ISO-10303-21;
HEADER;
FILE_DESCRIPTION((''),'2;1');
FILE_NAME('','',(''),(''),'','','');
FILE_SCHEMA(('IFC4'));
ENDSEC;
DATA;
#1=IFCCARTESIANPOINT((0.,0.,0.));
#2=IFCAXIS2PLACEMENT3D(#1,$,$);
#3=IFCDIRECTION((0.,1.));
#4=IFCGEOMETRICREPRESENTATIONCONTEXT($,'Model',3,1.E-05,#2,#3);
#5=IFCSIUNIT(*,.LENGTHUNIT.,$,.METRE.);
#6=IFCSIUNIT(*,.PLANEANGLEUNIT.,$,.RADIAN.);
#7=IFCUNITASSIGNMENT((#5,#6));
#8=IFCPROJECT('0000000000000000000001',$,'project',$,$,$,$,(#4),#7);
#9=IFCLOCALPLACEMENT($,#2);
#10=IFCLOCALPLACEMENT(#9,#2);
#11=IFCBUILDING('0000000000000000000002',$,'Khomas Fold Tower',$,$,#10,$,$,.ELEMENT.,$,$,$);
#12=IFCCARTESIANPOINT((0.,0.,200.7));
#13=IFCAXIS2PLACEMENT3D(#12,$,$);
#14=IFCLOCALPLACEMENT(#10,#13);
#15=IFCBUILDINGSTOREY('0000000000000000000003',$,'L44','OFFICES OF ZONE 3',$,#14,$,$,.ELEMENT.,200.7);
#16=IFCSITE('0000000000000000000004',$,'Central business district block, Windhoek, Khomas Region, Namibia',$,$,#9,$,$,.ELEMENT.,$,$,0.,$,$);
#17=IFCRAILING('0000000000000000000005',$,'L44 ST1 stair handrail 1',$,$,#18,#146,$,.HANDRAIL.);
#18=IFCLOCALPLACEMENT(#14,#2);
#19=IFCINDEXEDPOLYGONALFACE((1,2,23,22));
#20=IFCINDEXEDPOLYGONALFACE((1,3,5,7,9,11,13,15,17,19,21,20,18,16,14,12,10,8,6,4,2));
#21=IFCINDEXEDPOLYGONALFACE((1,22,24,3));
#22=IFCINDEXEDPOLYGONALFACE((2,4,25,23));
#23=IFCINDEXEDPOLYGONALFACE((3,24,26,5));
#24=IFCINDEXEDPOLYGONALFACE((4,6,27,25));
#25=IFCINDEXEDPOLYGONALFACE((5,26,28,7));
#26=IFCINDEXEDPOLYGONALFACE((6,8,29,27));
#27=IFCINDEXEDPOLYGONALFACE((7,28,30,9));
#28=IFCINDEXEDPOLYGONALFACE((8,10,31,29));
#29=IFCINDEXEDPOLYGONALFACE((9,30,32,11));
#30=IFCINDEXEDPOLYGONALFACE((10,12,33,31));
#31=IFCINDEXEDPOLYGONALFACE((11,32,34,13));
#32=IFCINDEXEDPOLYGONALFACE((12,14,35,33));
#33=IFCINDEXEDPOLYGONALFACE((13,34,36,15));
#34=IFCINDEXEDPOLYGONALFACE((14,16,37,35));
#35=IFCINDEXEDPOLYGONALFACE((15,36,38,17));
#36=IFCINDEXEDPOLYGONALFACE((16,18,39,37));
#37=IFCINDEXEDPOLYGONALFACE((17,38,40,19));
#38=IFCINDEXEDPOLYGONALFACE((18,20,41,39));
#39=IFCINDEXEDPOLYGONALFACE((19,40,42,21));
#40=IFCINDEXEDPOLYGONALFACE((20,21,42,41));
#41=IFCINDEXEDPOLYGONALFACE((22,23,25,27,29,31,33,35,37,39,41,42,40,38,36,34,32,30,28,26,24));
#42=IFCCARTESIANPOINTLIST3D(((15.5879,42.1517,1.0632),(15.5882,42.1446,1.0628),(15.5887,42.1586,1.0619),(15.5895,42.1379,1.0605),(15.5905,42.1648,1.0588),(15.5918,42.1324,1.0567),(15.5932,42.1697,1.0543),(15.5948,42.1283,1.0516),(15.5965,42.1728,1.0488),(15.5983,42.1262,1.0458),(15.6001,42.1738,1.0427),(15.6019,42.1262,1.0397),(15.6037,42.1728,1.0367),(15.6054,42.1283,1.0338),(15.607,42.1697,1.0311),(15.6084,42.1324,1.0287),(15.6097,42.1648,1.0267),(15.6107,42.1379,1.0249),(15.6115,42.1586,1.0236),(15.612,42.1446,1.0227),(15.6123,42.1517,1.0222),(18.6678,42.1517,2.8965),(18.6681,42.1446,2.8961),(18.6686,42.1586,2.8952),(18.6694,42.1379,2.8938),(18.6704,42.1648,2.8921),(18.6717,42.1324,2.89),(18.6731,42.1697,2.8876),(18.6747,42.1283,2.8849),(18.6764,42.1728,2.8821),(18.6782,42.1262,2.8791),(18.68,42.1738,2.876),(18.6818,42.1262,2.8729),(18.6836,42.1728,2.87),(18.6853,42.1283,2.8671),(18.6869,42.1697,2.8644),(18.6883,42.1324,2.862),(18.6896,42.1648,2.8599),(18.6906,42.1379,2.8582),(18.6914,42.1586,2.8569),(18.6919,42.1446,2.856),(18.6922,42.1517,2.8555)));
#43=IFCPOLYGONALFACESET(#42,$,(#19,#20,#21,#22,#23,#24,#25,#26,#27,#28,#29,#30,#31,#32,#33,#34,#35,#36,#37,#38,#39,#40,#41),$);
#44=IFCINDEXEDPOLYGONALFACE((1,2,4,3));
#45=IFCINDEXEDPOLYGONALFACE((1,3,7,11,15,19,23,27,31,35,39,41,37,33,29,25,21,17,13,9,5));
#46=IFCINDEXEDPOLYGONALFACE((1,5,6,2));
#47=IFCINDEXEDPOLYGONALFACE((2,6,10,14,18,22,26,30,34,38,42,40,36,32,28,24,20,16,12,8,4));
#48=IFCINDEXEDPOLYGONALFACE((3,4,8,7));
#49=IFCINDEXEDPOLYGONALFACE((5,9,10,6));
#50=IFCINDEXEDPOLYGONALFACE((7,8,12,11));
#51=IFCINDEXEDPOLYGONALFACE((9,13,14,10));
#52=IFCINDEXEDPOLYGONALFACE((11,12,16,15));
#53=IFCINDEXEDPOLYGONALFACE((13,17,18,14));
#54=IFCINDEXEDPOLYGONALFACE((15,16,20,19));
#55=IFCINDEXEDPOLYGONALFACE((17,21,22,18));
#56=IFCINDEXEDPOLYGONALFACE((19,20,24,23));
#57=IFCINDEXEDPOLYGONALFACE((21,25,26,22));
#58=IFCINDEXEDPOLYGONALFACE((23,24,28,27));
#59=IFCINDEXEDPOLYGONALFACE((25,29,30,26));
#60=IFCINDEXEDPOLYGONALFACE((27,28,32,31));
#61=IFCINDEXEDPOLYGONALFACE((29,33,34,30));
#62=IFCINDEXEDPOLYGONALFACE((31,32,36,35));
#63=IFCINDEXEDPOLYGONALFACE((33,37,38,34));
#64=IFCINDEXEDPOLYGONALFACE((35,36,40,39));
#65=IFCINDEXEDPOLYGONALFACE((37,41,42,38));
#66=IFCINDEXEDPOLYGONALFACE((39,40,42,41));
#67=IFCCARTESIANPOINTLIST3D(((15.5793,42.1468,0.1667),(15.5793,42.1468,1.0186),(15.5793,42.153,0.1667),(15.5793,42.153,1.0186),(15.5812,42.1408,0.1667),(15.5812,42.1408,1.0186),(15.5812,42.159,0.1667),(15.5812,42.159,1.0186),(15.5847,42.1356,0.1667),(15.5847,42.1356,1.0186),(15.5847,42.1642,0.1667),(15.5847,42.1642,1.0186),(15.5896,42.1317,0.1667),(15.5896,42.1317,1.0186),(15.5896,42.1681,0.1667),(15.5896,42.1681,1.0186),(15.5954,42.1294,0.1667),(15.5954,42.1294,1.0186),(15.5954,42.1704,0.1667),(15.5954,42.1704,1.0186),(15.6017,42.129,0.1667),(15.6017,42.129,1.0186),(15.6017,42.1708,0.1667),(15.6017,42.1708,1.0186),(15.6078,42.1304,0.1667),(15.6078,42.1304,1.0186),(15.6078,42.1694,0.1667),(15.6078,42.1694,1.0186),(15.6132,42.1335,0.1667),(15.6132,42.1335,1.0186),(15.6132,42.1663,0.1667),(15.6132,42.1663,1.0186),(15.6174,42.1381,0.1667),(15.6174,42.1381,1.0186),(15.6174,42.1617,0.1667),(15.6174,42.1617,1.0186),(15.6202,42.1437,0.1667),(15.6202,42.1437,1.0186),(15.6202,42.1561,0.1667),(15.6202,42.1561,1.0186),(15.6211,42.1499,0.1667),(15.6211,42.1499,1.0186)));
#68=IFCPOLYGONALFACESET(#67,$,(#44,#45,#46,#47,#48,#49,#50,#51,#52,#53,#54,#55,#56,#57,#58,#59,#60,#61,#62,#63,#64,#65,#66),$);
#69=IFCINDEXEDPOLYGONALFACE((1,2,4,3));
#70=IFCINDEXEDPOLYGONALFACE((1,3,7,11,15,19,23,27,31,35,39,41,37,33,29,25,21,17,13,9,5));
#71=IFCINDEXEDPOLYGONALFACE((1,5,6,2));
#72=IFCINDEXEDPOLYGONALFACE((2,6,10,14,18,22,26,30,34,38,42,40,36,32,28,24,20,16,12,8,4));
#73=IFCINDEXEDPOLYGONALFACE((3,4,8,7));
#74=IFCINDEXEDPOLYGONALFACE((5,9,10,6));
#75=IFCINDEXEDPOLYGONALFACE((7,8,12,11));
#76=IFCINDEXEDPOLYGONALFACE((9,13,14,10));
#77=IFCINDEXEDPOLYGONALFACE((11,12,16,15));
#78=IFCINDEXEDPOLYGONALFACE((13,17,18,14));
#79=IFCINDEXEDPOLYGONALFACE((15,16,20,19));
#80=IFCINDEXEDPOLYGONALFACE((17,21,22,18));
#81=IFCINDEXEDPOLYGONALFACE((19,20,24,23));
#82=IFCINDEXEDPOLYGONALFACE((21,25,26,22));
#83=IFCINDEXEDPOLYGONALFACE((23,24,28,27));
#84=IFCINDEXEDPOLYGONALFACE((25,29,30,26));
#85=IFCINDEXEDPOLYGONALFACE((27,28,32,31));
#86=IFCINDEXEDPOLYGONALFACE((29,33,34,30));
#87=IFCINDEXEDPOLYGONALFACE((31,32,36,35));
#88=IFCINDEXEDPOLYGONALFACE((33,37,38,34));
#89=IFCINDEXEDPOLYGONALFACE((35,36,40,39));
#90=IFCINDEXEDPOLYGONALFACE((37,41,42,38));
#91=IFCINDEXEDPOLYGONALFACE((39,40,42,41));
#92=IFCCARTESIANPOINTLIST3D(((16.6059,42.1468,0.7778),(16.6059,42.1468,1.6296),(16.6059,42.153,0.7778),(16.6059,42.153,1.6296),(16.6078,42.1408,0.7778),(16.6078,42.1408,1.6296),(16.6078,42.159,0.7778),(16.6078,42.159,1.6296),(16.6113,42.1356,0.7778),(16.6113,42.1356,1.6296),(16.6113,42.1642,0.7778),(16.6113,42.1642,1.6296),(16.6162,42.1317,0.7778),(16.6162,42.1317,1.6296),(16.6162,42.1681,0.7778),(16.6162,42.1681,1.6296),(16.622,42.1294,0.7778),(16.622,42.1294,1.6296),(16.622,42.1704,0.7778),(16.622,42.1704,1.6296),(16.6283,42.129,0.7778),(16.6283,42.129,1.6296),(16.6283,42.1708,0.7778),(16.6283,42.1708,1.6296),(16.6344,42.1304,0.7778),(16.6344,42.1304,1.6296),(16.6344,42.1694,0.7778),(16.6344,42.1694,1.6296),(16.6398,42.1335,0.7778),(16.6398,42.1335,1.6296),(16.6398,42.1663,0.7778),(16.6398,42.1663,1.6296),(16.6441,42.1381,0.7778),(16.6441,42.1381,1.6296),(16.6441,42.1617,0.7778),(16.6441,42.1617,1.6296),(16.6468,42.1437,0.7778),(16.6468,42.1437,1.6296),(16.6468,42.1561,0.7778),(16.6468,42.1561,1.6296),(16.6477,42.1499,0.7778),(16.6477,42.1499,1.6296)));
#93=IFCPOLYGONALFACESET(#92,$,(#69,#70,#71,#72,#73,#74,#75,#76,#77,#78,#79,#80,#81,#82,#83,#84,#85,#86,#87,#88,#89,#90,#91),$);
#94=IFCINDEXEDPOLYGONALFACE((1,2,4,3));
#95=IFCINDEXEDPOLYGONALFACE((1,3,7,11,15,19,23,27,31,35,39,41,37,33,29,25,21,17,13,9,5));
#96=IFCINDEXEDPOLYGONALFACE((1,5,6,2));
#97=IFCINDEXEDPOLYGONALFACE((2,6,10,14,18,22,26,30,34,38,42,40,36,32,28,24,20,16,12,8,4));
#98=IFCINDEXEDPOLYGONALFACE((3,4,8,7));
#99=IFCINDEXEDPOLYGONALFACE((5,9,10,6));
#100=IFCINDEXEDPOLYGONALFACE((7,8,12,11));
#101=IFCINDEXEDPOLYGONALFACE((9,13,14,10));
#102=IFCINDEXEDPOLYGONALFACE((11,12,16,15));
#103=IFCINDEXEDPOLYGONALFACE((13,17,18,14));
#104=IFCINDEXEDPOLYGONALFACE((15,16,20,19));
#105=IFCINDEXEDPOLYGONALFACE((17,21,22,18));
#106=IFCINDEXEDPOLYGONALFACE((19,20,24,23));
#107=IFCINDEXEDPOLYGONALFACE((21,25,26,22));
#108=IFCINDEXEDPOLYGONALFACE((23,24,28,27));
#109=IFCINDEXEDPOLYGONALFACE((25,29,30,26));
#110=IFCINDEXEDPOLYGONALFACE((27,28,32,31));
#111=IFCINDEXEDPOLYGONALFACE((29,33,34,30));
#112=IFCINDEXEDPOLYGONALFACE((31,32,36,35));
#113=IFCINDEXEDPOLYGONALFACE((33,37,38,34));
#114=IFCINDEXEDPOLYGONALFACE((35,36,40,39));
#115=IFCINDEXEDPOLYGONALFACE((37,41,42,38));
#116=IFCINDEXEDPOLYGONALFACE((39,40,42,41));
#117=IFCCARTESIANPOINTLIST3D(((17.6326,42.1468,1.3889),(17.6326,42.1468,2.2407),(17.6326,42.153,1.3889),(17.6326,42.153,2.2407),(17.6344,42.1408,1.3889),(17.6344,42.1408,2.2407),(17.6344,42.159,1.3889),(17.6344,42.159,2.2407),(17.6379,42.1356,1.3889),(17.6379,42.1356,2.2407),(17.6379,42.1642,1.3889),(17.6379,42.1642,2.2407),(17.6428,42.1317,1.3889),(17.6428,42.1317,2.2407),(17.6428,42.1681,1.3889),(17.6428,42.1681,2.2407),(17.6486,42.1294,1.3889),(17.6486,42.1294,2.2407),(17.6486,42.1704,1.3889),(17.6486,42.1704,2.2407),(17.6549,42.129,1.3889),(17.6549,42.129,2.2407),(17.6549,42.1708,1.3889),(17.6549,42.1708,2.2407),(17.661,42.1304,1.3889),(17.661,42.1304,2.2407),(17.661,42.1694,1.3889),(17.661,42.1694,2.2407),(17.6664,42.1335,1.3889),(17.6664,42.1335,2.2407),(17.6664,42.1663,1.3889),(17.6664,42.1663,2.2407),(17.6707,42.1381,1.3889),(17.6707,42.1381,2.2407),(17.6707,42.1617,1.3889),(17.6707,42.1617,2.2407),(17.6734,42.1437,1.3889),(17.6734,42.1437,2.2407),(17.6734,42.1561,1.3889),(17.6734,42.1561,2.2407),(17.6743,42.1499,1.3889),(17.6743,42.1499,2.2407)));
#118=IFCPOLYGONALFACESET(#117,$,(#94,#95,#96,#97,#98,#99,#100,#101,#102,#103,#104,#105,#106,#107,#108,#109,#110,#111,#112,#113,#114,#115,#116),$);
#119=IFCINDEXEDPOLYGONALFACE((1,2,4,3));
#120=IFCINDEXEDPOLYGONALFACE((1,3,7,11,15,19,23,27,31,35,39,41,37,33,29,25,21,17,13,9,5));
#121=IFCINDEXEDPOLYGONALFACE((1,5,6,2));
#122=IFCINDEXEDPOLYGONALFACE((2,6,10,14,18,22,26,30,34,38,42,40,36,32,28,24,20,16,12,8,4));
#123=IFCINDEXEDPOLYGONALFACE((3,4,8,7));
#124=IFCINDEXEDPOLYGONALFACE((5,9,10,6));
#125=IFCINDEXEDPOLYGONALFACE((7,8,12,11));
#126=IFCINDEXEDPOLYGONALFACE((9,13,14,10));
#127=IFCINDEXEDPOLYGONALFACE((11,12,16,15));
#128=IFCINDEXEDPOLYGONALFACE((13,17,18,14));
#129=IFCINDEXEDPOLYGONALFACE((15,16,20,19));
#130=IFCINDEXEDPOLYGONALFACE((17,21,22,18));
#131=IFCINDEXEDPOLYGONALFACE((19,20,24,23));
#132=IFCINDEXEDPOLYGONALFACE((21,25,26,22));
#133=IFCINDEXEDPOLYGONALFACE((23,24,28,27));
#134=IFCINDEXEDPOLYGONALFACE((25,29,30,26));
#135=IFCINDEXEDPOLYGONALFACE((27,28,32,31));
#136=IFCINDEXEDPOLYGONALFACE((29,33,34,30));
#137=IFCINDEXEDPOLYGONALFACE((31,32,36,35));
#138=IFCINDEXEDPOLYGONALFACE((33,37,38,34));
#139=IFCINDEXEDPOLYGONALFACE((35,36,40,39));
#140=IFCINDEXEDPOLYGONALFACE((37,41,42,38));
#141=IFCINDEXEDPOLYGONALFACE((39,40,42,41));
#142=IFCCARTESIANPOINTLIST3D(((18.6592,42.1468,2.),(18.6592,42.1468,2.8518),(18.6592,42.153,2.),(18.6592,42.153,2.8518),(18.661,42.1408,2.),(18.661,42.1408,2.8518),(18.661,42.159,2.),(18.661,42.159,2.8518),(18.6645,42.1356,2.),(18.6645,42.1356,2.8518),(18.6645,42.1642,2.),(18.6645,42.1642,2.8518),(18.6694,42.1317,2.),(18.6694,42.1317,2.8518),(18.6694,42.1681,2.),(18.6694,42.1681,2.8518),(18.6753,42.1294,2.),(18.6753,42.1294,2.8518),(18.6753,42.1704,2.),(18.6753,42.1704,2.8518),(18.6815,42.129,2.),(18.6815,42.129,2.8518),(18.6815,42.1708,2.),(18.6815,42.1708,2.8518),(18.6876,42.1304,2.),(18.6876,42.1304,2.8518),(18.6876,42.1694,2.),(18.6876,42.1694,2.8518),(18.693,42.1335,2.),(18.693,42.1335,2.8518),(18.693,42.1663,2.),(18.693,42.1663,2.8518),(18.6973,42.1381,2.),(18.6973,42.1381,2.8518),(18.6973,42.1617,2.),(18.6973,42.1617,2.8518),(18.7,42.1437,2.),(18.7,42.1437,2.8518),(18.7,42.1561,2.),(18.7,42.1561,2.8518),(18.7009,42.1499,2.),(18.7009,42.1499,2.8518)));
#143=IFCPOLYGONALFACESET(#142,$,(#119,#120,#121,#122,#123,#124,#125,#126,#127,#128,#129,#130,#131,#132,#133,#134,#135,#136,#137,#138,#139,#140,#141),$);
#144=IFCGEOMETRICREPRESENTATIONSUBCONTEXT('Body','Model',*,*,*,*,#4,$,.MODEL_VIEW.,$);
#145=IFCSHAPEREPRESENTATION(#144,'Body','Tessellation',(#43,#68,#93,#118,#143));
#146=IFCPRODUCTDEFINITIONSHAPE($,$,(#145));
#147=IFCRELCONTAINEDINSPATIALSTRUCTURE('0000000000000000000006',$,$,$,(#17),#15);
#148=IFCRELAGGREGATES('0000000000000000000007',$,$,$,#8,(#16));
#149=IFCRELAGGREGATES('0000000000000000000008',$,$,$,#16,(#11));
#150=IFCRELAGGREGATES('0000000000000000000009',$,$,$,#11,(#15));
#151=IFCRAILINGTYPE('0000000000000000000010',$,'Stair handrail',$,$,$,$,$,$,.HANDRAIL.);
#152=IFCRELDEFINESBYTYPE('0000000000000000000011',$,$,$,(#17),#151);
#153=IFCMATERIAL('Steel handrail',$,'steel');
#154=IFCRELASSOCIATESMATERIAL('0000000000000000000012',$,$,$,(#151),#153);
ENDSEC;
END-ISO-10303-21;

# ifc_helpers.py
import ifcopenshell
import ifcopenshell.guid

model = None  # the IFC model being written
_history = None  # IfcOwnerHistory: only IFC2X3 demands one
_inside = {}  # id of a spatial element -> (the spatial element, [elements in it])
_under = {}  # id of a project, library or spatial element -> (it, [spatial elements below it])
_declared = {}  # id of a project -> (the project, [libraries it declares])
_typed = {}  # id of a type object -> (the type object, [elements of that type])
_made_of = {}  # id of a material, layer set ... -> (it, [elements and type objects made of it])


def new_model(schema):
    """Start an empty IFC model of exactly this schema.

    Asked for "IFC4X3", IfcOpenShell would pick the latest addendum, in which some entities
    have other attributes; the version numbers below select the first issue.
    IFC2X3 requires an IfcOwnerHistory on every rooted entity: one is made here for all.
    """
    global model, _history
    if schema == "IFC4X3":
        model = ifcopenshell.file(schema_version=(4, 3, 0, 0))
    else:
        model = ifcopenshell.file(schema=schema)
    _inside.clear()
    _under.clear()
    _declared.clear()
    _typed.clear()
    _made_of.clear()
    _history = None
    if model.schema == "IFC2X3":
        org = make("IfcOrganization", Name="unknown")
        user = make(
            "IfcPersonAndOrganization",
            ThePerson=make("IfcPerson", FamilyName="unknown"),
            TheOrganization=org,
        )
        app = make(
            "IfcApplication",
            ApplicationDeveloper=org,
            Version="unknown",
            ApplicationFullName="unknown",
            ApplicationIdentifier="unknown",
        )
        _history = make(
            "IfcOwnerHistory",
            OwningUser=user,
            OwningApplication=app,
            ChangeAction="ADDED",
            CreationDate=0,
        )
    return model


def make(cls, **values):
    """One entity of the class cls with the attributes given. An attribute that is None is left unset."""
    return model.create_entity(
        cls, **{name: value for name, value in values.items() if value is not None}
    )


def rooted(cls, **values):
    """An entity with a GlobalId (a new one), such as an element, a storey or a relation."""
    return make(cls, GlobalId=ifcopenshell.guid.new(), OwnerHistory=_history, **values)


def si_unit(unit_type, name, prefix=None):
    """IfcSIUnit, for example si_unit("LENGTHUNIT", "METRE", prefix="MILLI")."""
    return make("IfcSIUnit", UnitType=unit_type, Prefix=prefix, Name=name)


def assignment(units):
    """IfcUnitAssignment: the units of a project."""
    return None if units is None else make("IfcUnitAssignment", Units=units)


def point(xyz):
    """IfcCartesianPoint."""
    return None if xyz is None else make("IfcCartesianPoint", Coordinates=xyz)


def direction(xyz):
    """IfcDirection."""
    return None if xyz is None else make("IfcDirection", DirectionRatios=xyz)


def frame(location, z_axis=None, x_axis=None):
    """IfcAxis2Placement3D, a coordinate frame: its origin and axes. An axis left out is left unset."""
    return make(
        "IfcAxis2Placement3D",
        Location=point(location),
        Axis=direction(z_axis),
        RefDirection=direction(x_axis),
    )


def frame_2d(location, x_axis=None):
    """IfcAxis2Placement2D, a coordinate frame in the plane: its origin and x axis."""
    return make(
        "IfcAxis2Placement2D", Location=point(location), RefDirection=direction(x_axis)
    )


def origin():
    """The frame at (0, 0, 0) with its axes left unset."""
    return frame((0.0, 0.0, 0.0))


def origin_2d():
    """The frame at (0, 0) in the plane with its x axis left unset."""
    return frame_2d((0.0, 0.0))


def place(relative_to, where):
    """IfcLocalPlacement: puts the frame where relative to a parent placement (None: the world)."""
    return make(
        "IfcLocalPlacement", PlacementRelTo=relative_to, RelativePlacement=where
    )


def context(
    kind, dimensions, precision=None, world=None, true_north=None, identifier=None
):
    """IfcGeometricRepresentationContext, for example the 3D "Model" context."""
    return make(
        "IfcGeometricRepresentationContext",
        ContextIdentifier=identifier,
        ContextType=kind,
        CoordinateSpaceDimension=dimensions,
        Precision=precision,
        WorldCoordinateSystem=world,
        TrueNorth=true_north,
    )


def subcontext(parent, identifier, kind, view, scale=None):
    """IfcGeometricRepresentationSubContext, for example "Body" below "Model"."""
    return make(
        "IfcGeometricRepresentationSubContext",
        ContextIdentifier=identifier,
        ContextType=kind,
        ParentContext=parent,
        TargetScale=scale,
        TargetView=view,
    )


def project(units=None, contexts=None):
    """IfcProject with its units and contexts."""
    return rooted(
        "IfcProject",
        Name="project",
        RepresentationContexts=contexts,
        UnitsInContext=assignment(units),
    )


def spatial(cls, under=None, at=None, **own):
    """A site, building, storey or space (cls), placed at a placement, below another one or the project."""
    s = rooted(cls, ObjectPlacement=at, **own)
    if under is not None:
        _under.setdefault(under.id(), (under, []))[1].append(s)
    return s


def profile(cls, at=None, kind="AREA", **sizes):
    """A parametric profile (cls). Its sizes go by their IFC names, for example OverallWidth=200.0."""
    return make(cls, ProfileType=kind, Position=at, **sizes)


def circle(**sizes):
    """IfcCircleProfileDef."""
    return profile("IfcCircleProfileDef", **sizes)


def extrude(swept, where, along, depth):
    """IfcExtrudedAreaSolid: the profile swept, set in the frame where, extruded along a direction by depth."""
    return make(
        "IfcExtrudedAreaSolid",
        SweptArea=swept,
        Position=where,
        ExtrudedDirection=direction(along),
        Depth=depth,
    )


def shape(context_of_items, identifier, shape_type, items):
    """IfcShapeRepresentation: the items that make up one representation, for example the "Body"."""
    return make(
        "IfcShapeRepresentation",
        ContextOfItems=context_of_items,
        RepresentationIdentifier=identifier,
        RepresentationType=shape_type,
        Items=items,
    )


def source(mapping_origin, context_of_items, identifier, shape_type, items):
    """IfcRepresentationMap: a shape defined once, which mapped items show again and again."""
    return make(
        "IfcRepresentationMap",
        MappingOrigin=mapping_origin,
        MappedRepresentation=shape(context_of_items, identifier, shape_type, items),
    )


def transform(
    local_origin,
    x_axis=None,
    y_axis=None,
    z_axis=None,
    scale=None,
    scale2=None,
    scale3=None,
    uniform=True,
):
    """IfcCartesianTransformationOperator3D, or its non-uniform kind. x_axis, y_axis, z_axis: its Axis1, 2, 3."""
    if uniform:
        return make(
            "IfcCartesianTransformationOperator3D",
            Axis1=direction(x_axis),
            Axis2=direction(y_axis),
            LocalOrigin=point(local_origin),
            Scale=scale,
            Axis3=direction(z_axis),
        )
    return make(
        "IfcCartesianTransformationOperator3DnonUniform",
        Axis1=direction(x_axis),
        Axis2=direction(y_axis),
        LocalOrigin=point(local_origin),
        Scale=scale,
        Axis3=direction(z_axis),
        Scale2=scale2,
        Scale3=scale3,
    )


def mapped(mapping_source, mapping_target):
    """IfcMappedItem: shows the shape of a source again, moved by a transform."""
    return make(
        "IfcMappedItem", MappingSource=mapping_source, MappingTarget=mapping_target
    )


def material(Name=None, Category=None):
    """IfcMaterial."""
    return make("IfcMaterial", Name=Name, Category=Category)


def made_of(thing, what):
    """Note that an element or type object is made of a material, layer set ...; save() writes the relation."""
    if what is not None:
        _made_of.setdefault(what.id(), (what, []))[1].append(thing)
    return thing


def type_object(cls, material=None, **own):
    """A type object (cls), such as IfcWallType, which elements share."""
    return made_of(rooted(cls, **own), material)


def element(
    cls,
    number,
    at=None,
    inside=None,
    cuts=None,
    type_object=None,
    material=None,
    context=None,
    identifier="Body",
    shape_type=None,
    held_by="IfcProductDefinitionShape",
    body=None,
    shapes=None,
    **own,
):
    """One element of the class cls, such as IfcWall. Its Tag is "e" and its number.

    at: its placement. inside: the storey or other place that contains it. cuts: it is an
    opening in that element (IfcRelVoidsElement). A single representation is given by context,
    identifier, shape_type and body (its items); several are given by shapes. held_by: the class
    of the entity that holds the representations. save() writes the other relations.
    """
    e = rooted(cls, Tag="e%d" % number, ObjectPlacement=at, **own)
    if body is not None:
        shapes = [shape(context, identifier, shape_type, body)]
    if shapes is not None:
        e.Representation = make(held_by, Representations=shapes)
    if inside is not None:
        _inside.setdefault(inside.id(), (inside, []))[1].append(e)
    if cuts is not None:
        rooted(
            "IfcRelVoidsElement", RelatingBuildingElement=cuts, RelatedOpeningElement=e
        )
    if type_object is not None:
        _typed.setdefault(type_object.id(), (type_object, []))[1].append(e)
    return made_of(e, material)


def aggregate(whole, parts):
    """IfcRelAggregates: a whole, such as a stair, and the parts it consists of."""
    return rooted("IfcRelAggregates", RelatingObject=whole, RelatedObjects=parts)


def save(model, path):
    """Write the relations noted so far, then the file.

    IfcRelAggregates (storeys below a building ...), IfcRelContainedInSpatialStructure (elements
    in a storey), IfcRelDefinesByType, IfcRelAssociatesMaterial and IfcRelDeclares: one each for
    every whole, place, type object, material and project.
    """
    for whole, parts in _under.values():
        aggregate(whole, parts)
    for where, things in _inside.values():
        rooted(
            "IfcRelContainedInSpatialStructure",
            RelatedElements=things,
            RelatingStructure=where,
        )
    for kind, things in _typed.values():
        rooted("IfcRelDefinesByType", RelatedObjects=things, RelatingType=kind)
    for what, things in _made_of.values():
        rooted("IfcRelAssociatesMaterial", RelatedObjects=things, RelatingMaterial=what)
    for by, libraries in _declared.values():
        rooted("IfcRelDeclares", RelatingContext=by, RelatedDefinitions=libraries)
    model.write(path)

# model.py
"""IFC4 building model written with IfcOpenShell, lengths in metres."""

from ifc_helpers import new_model, si_unit, direction, frame, origin, origin_2d, place, context, subcontext, project, spatial, circle, extrude, source, transform, mapped, material, type_object, element, save


model = new_model("IFC4")

# Units and contexts
model_context = context("Model", 3, precision=1e-05, world=origin(), true_north=direction((0.0, 1.0)))
body_context = subcontext(model_context, "Body", "Model", "MODEL_VIEW")
ifc_project = project(units=[si_unit("LENGTHUNIT", "METRE"), si_unit("PLANEANGLEUNIT", "RADIAN")], contexts=[model_context])

# Site, building, storey
site_placement = place(None, origin())
site = spatial("IfcSite", under=ifc_project, at=site_placement, Name="Central business district block, Windhoek, Khomas Region, Namibia", CompositionType="ELEMENT", RefElevation=0.0)
building_placement = place(site_placement, origin())
building = spatial("IfcBuilding", under=site, at=building_placement, Name="Khomas Fold Tower", CompositionType="ELEMENT")
storey_placement = place(building_placement, frame((0.0, 0.0, 200.7)))
storey = spatial("IfcBuildingStorey", under=building, at=storey_placement, Name="L44", Description="OFFICES OF ZONE 3", CompositionType="ELEMENT", Elevation=200.7)

# Railing
ifc_material_1 = material(Name="Steel handrail", Category="steel")
railing_type_1 = type_object("IfcRailingType", Name="Stair handrail", PredefinedType="HANDRAIL", material=ifc_material_1)
shared_shape_1 = source(origin(), body_context, "Body", "SweptSolid", [
    extrude(circle(Radius=0.0239, at=origin_2d()), frame((0.0, 0.0, 0.876), z_axis=(0.859291, 0.0, 0.511487), x_axis=(0.0, 1.0, 0.0)), (0.0, 0.0, 1.0), 3.5842),
    extrude(circle(Radius=0.021, at=origin_2d()), origin(), (0.0, 0.0, 1.0), 0.8518),
    extrude(circle(Radius=0.021, at=origin_2d()), frame((1.0266, 0.0, 0.6111)), (0.0, 0.0, 1.0), 0.8518),
    extrude(circle(Radius=0.021, at=origin_2d()), frame((2.0532, 0.0, 1.2222)), (0.0, 0.0, 1.0), 0.8518),
    extrude(circle(Radius=0.021, at=origin_2d()), frame((3.0798, 0.0, 1.8333)), (0.0, 0.0, 1.0), 0.8518),
])
railing_1_placement = place(storey_placement, frame((15.6001, 42.1499, 0.1667)))
element("IfcRailing", 1, at=railing_1_placement, inside=storey, type_object=railing_type_1, Name="L44 ST1 stair handrail 1", PredefinedType="HANDRAIL", context=body_context, shape_type="MappedRepresentation", body=[
    mapped(shared_shape_1, transform((0.0, 0.0, 0.0))),
])

save(model, "model.ifc")
